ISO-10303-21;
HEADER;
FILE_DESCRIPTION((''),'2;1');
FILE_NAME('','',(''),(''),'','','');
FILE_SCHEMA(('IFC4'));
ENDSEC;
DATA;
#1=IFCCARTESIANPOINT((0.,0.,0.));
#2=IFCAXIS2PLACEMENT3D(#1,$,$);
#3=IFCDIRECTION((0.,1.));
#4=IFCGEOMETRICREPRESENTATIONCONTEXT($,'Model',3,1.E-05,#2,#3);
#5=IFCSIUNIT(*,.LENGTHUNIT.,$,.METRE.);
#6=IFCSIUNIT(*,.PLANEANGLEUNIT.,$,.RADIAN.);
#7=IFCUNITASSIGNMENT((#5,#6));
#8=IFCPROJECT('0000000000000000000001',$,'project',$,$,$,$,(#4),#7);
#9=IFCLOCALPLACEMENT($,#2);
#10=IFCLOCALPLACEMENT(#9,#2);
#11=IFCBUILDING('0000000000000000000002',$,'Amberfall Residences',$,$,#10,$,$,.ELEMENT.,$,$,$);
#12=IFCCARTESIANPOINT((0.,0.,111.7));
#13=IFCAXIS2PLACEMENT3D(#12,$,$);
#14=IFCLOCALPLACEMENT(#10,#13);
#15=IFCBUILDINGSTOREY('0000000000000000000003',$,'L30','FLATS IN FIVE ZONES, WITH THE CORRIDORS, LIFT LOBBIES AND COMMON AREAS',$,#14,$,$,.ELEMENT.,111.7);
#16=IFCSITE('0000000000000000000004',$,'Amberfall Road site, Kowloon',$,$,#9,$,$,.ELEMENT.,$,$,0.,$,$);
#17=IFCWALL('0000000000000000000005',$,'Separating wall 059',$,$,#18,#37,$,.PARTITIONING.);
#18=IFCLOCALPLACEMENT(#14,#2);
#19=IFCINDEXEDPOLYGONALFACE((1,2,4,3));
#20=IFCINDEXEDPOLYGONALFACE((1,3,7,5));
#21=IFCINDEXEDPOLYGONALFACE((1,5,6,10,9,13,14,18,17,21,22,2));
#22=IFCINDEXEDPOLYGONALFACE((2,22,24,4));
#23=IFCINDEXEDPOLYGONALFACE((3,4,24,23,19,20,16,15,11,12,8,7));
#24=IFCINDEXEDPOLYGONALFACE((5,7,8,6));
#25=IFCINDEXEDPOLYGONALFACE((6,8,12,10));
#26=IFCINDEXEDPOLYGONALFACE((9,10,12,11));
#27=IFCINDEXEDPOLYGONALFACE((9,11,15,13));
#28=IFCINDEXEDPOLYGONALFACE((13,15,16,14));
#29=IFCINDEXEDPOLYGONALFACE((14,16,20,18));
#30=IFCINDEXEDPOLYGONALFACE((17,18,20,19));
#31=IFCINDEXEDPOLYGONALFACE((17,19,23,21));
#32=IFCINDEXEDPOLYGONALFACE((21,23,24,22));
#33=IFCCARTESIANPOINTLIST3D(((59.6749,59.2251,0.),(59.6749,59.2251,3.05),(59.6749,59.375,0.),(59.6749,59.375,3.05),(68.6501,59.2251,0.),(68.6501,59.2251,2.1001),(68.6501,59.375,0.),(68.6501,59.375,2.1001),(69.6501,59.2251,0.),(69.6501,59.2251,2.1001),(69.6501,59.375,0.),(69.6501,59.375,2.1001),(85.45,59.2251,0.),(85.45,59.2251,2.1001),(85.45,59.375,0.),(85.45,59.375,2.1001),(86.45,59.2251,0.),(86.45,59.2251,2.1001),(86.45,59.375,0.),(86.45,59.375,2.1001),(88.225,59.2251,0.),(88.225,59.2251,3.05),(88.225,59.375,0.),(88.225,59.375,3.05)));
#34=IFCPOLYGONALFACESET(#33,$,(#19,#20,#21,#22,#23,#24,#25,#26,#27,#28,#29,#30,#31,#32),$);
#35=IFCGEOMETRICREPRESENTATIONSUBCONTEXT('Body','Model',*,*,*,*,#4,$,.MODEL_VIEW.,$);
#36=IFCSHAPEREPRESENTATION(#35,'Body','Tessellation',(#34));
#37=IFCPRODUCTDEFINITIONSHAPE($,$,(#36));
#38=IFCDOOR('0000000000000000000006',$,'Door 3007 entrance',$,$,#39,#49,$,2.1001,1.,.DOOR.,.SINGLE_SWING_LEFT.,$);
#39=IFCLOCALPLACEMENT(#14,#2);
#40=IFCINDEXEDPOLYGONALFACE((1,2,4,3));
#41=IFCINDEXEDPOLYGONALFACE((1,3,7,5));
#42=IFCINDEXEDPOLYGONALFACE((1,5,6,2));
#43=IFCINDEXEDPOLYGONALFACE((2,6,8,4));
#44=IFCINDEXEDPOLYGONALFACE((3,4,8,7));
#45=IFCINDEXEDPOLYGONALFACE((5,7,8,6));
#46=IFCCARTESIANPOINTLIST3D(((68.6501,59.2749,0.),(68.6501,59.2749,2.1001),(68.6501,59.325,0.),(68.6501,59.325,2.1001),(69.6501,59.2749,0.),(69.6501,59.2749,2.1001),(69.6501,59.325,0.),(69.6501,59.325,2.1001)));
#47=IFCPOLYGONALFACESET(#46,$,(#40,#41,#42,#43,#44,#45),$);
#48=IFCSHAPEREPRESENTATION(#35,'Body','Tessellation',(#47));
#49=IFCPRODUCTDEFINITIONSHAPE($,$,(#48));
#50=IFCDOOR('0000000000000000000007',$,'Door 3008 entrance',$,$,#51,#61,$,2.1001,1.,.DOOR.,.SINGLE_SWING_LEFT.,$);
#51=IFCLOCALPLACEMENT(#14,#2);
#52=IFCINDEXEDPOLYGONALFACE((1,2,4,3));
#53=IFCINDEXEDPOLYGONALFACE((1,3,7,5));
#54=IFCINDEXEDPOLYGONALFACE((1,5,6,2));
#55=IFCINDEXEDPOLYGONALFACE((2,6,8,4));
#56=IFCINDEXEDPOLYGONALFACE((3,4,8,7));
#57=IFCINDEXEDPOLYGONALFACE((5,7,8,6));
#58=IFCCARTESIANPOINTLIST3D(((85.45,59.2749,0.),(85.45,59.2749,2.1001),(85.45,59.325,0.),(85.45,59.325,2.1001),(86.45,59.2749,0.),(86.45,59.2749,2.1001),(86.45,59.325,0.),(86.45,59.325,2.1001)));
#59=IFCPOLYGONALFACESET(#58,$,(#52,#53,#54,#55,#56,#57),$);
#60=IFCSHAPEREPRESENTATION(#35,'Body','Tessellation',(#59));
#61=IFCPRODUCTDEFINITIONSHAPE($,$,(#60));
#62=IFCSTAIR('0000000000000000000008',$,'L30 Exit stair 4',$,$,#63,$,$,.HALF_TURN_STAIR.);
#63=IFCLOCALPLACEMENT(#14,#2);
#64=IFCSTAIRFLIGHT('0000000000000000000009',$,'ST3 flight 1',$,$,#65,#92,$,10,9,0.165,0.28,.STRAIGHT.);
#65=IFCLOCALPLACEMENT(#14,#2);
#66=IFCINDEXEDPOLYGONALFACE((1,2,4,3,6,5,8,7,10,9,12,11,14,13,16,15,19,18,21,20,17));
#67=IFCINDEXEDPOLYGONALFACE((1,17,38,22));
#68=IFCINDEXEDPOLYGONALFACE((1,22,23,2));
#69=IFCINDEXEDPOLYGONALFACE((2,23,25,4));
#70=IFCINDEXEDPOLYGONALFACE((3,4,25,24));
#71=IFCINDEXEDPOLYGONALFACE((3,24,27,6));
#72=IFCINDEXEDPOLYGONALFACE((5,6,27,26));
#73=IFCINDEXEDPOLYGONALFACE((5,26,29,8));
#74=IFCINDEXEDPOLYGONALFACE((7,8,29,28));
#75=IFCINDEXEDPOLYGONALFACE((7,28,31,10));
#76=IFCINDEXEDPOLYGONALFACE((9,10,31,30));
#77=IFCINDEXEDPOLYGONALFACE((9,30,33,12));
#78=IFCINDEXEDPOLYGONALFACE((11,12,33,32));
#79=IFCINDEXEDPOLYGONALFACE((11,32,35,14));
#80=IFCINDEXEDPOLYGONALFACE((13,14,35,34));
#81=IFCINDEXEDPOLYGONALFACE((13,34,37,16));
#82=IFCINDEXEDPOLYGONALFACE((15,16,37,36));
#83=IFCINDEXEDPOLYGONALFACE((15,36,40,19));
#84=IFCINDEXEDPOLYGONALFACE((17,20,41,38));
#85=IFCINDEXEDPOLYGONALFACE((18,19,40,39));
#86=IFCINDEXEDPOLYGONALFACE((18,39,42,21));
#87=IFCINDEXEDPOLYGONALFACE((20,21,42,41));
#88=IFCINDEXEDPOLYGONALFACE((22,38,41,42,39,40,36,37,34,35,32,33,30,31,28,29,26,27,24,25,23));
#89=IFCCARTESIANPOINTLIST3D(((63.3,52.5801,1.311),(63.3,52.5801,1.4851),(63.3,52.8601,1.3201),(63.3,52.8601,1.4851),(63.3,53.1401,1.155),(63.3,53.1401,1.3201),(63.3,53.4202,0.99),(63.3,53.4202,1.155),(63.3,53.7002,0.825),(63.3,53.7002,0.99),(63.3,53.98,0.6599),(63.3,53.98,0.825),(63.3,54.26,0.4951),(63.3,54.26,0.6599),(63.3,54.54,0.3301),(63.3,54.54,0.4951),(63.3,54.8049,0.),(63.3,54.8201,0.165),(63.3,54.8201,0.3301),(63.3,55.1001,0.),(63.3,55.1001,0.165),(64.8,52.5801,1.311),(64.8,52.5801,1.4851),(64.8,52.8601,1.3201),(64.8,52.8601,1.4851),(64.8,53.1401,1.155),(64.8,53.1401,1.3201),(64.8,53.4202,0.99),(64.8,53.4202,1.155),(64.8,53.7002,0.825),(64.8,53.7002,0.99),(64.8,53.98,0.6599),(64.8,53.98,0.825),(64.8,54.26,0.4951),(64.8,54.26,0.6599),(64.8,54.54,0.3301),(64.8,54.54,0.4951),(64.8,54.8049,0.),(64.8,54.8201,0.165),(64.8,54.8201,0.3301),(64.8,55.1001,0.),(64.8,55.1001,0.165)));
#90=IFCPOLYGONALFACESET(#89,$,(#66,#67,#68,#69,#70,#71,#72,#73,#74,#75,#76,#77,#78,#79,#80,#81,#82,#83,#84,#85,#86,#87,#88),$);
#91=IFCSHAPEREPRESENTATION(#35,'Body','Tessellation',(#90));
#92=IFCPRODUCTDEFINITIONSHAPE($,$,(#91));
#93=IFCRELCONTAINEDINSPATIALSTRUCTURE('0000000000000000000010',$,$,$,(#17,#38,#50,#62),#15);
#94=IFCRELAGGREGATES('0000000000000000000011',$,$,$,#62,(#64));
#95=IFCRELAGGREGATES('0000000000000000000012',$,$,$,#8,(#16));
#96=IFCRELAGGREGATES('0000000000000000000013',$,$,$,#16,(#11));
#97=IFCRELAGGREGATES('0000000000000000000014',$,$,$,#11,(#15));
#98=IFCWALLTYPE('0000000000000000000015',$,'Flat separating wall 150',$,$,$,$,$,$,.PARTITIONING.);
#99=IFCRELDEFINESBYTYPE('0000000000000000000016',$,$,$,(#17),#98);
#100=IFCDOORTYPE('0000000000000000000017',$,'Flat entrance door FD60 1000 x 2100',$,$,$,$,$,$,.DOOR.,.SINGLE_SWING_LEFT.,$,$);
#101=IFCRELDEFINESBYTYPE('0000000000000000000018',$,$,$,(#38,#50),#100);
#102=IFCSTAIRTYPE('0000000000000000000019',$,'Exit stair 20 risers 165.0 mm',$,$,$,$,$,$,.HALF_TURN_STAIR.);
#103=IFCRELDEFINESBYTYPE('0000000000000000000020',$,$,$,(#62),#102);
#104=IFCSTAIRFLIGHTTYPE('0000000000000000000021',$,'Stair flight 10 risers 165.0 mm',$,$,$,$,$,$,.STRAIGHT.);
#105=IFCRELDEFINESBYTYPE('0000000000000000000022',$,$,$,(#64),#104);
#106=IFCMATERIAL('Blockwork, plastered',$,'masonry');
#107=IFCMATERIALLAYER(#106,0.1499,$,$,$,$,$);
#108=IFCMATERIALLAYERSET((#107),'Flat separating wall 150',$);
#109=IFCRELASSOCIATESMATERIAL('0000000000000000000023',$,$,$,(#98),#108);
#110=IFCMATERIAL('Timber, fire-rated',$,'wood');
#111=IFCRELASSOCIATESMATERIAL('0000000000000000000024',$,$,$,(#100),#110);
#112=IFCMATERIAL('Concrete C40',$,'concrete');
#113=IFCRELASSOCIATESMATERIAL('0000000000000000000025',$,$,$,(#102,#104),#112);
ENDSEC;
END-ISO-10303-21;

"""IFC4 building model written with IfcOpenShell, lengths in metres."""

from ifc_helpers import new_model, si_unit, direction, frame, frame_2d, origin, place, context, subcontext, project, spatial, polyline, rectangle, outline, extrude, material, layer, layer_set, type_object, element, fill, aggregate, save


model = new_model("IFC4")

# Units and contexts
model_context = context("Model", 3, precision=1e-05, world=origin(), true_north=direction((0.0, 1.0)))
body_context = subcontext(model_context, "Body", "Model", "MODEL_VIEW")
ifc_project = project(units=[si_unit("LENGTHUNIT", "METRE"), si_unit("PLANEANGLEUNIT", "RADIAN")], contexts=[model_context])

# Site, building, storey
site_placement = place(None, origin())
site = spatial("IfcSite", under=ifc_project, at=site_placement, Name="Amberfall Road site, Kowloon", CompositionType="ELEMENT", RefElevation=0.0)
building_placement = place(site_placement, origin())
building = spatial("IfcBuilding", under=site, at=building_placement, Name="Amberfall Residences", CompositionType="ELEMENT")
storey_placement = place(building_placement, frame((0.0, 0.0, 111.7)))
storey = spatial("IfcBuildingStorey", under=building, at=storey_placement, Name="L30", Description="FLATS IN FIVE ZONES, WITH THE CORRIDORS, LIFT LOBBIES AND COMMON AREAS", CompositionType="ELEMENT", Elevation=111.7)

# Shared definitions
ifc_material_1 = material(Name="Blockwork, plastered", Category="masonry")
ifc_layer_1 = layer(ifc_material_1, 0.1499)
ifc_layer_set_1 = layer_set([ifc_layer_1], Name="Flat separating wall 150")
wall_type_1 = type_object("IfcWallType", Name="Flat separating wall 150", PredefinedType="PARTITIONING", material=ifc_layer_set_1)

# Wall, openings, doors
wall_1_placement = place(storey_placement, frame((59.675, 59.3, 0.0), z_axis=(0.0, 0.0, 1.0), x_axis=(1.0, 0.0, 0.0)))
wall_1 = element("IfcWall", 1, at=wall_1_placement, inside=storey, type_object=wall_type_1, Name="Separating wall 059", PredefinedType="PARTITIONING", context=body_context, shape_type="SweptSolid", body=[
    extrude(rectangle(XDim=28.55, YDim=0.1499, at=frame_2d((14.2749, 0.0))), origin(), (0.0, 0.0, 1.0), 3.05),
])
opening_1_placement = place(wall_1_placement, frame((8.9751, 0.0, 0.0)))
opening_1 = element("IfcOpeningElement", 2, at=opening_1_placement, cuts=wall_1, PredefinedType="OPENING", context=body_context, shape_type="SweptSolid", body=[
    extrude(rectangle(XDim=1.0, YDim=2.1001, at=frame_2d((0.5, 1.05))), frame((0.0, 0.085, 0.0), z_axis=(0.0, -1.0, 0.0), x_axis=(1.0, 0.0, 0.0)), (0.0, 0.0, 1.0), 0.1699),
])
opening_2_placement = place(wall_1_placement, frame((25.7749, 0.0, 0.0)))
opening_2 = element("IfcOpeningElement", 3, at=opening_2_placement, cuts=wall_1, PredefinedType="OPENING", context=body_context, shape_type="SweptSolid", body=[
    extrude(rectangle(XDim=1.0, YDim=2.1001, at=frame_2d((0.5, 1.05))), frame((0.0, 0.085, 0.0), z_axis=(0.0, -1.0, 0.0), x_axis=(1.0, 0.0, 0.0)), (0.0, 0.0, 1.0), 0.1699),
])
ifc_material_2 = material(Name="Timber, fire-rated", Category="wood")
door_type_1 = type_object("IfcDoorType", Name="Flat entrance door FD60 1000 x 2100", OperationType="SINGLE_SWING_LEFT", PredefinedType="DOOR", material=ifc_material_2)
door_1_placement = place(opening_1_placement, origin())
door_1 = element("IfcDoor", 4, at=door_1_placement, inside=storey, type_object=door_type_1, Name="Door 3007 entrance", OperationType="SINGLE_SWING_LEFT", OverallHeight=2.1001, OverallWidth=1.0, PredefinedType="DOOR", context=body_context, shape_type="SweptSolid", body=[
    extrude(rectangle(XDim=1.0, YDim=2.1001, at=frame_2d((0.5, 1.05))), frame((0.0, 0.0249, 0.0), z_axis=(0.0, -1.0, 0.0), x_axis=(1.0, 0.0, 0.0)), (0.0, 0.0, 1.0), 0.05),
])
fill(opening_1, door_1)
door_2_placement = place(opening_2_placement, origin())
door_2 = element("IfcDoor", 5, at=door_2_placement, inside=storey, type_object=door_type_1, Name="Door 3008 entrance", OperationType="SINGLE_SWING_LEFT", OverallHeight=2.1001, OverallWidth=1.0, PredefinedType="DOOR", context=body_context, shape_type="SweptSolid", body=[
    extrude(rectangle(XDim=1.0, YDim=2.1001, at=frame_2d((0.5, 1.05))), frame((0.0, 0.0249, 0.0), z_axis=(0.0, -1.0, 0.0), x_axis=(1.0, 0.0, 0.0)), (0.0, 0.0, 1.0), 0.05),
])
fill(opening_2, door_2)

# Stair, stair flight
ifc_material_3 = material(Name="Concrete C40", Category="concrete")
stair_type = type_object("IfcStairType", Name="Exit stair 20 risers 165.0 mm", PredefinedType="HALF_TURN_STAIR", material=ifc_material_3)
stair_placement = place(storey_placement, origin())
stair = element("IfcStair", 6, at=stair_placement, inside=storey, type_object=stair_type, Name="L30 Exit stair 4", PredefinedType="HALF_TURN_STAIR")
stair_flight_type = type_object("IfcStairFlightType", Name="Stair flight 10 risers 165.0 mm", PredefinedType="STRAIGHT", material=ifc_material_3)
stair_flight_placement = place(storey_placement, frame((64.05, 55.1001, 0.0), z_axis=(0.0, 0.0, 1.0), x_axis=(0.0, -1.0, 0.0)))
stair_flight = element("IfcStairFlight", 7, at=stair_flight_placement, type_object=stair_flight_type, Name="ST3 flight 1", NumberOfRisers=10, NumberOfTreads=9, PredefinedType="STRAIGHT", RiserHeight=0.165, TreadLength=0.28, context=body_context, shape_type="SweptSolid", body=[
    extrude(outline(polyline([(0.0, 0.0), (0.0, 0.165), (0.28, 0.165), (0.28, 0.3301), (0.5601, 0.3301), (0.5601, 0.4951), (0.8401, 0.4951), (0.8401, 0.6599), (1.1201, 0.6599), (1.1201, 0.825), (1.3999, 0.825), (1.3999, 0.99), (1.6799, 0.99), (1.6799, 1.155), (1.96, 1.155), (1.96, 1.3201), (2.24, 1.3201), (2.24, 1.4851), (2.52, 1.4851), (2.52, 1.6499), (2.52, 1.311), (0.2952, 0.0), (0.0, 0.0)])), frame((0.0, 0.75, 0.0), z_axis=(0.0, -1.0, 0.0), x_axis=(1.0, 0.0, 0.0)), (0.0, 0.0, 1.0), 1.5),
])
aggregate(stair, [stair_flight])

save(model, "model.ifc")
